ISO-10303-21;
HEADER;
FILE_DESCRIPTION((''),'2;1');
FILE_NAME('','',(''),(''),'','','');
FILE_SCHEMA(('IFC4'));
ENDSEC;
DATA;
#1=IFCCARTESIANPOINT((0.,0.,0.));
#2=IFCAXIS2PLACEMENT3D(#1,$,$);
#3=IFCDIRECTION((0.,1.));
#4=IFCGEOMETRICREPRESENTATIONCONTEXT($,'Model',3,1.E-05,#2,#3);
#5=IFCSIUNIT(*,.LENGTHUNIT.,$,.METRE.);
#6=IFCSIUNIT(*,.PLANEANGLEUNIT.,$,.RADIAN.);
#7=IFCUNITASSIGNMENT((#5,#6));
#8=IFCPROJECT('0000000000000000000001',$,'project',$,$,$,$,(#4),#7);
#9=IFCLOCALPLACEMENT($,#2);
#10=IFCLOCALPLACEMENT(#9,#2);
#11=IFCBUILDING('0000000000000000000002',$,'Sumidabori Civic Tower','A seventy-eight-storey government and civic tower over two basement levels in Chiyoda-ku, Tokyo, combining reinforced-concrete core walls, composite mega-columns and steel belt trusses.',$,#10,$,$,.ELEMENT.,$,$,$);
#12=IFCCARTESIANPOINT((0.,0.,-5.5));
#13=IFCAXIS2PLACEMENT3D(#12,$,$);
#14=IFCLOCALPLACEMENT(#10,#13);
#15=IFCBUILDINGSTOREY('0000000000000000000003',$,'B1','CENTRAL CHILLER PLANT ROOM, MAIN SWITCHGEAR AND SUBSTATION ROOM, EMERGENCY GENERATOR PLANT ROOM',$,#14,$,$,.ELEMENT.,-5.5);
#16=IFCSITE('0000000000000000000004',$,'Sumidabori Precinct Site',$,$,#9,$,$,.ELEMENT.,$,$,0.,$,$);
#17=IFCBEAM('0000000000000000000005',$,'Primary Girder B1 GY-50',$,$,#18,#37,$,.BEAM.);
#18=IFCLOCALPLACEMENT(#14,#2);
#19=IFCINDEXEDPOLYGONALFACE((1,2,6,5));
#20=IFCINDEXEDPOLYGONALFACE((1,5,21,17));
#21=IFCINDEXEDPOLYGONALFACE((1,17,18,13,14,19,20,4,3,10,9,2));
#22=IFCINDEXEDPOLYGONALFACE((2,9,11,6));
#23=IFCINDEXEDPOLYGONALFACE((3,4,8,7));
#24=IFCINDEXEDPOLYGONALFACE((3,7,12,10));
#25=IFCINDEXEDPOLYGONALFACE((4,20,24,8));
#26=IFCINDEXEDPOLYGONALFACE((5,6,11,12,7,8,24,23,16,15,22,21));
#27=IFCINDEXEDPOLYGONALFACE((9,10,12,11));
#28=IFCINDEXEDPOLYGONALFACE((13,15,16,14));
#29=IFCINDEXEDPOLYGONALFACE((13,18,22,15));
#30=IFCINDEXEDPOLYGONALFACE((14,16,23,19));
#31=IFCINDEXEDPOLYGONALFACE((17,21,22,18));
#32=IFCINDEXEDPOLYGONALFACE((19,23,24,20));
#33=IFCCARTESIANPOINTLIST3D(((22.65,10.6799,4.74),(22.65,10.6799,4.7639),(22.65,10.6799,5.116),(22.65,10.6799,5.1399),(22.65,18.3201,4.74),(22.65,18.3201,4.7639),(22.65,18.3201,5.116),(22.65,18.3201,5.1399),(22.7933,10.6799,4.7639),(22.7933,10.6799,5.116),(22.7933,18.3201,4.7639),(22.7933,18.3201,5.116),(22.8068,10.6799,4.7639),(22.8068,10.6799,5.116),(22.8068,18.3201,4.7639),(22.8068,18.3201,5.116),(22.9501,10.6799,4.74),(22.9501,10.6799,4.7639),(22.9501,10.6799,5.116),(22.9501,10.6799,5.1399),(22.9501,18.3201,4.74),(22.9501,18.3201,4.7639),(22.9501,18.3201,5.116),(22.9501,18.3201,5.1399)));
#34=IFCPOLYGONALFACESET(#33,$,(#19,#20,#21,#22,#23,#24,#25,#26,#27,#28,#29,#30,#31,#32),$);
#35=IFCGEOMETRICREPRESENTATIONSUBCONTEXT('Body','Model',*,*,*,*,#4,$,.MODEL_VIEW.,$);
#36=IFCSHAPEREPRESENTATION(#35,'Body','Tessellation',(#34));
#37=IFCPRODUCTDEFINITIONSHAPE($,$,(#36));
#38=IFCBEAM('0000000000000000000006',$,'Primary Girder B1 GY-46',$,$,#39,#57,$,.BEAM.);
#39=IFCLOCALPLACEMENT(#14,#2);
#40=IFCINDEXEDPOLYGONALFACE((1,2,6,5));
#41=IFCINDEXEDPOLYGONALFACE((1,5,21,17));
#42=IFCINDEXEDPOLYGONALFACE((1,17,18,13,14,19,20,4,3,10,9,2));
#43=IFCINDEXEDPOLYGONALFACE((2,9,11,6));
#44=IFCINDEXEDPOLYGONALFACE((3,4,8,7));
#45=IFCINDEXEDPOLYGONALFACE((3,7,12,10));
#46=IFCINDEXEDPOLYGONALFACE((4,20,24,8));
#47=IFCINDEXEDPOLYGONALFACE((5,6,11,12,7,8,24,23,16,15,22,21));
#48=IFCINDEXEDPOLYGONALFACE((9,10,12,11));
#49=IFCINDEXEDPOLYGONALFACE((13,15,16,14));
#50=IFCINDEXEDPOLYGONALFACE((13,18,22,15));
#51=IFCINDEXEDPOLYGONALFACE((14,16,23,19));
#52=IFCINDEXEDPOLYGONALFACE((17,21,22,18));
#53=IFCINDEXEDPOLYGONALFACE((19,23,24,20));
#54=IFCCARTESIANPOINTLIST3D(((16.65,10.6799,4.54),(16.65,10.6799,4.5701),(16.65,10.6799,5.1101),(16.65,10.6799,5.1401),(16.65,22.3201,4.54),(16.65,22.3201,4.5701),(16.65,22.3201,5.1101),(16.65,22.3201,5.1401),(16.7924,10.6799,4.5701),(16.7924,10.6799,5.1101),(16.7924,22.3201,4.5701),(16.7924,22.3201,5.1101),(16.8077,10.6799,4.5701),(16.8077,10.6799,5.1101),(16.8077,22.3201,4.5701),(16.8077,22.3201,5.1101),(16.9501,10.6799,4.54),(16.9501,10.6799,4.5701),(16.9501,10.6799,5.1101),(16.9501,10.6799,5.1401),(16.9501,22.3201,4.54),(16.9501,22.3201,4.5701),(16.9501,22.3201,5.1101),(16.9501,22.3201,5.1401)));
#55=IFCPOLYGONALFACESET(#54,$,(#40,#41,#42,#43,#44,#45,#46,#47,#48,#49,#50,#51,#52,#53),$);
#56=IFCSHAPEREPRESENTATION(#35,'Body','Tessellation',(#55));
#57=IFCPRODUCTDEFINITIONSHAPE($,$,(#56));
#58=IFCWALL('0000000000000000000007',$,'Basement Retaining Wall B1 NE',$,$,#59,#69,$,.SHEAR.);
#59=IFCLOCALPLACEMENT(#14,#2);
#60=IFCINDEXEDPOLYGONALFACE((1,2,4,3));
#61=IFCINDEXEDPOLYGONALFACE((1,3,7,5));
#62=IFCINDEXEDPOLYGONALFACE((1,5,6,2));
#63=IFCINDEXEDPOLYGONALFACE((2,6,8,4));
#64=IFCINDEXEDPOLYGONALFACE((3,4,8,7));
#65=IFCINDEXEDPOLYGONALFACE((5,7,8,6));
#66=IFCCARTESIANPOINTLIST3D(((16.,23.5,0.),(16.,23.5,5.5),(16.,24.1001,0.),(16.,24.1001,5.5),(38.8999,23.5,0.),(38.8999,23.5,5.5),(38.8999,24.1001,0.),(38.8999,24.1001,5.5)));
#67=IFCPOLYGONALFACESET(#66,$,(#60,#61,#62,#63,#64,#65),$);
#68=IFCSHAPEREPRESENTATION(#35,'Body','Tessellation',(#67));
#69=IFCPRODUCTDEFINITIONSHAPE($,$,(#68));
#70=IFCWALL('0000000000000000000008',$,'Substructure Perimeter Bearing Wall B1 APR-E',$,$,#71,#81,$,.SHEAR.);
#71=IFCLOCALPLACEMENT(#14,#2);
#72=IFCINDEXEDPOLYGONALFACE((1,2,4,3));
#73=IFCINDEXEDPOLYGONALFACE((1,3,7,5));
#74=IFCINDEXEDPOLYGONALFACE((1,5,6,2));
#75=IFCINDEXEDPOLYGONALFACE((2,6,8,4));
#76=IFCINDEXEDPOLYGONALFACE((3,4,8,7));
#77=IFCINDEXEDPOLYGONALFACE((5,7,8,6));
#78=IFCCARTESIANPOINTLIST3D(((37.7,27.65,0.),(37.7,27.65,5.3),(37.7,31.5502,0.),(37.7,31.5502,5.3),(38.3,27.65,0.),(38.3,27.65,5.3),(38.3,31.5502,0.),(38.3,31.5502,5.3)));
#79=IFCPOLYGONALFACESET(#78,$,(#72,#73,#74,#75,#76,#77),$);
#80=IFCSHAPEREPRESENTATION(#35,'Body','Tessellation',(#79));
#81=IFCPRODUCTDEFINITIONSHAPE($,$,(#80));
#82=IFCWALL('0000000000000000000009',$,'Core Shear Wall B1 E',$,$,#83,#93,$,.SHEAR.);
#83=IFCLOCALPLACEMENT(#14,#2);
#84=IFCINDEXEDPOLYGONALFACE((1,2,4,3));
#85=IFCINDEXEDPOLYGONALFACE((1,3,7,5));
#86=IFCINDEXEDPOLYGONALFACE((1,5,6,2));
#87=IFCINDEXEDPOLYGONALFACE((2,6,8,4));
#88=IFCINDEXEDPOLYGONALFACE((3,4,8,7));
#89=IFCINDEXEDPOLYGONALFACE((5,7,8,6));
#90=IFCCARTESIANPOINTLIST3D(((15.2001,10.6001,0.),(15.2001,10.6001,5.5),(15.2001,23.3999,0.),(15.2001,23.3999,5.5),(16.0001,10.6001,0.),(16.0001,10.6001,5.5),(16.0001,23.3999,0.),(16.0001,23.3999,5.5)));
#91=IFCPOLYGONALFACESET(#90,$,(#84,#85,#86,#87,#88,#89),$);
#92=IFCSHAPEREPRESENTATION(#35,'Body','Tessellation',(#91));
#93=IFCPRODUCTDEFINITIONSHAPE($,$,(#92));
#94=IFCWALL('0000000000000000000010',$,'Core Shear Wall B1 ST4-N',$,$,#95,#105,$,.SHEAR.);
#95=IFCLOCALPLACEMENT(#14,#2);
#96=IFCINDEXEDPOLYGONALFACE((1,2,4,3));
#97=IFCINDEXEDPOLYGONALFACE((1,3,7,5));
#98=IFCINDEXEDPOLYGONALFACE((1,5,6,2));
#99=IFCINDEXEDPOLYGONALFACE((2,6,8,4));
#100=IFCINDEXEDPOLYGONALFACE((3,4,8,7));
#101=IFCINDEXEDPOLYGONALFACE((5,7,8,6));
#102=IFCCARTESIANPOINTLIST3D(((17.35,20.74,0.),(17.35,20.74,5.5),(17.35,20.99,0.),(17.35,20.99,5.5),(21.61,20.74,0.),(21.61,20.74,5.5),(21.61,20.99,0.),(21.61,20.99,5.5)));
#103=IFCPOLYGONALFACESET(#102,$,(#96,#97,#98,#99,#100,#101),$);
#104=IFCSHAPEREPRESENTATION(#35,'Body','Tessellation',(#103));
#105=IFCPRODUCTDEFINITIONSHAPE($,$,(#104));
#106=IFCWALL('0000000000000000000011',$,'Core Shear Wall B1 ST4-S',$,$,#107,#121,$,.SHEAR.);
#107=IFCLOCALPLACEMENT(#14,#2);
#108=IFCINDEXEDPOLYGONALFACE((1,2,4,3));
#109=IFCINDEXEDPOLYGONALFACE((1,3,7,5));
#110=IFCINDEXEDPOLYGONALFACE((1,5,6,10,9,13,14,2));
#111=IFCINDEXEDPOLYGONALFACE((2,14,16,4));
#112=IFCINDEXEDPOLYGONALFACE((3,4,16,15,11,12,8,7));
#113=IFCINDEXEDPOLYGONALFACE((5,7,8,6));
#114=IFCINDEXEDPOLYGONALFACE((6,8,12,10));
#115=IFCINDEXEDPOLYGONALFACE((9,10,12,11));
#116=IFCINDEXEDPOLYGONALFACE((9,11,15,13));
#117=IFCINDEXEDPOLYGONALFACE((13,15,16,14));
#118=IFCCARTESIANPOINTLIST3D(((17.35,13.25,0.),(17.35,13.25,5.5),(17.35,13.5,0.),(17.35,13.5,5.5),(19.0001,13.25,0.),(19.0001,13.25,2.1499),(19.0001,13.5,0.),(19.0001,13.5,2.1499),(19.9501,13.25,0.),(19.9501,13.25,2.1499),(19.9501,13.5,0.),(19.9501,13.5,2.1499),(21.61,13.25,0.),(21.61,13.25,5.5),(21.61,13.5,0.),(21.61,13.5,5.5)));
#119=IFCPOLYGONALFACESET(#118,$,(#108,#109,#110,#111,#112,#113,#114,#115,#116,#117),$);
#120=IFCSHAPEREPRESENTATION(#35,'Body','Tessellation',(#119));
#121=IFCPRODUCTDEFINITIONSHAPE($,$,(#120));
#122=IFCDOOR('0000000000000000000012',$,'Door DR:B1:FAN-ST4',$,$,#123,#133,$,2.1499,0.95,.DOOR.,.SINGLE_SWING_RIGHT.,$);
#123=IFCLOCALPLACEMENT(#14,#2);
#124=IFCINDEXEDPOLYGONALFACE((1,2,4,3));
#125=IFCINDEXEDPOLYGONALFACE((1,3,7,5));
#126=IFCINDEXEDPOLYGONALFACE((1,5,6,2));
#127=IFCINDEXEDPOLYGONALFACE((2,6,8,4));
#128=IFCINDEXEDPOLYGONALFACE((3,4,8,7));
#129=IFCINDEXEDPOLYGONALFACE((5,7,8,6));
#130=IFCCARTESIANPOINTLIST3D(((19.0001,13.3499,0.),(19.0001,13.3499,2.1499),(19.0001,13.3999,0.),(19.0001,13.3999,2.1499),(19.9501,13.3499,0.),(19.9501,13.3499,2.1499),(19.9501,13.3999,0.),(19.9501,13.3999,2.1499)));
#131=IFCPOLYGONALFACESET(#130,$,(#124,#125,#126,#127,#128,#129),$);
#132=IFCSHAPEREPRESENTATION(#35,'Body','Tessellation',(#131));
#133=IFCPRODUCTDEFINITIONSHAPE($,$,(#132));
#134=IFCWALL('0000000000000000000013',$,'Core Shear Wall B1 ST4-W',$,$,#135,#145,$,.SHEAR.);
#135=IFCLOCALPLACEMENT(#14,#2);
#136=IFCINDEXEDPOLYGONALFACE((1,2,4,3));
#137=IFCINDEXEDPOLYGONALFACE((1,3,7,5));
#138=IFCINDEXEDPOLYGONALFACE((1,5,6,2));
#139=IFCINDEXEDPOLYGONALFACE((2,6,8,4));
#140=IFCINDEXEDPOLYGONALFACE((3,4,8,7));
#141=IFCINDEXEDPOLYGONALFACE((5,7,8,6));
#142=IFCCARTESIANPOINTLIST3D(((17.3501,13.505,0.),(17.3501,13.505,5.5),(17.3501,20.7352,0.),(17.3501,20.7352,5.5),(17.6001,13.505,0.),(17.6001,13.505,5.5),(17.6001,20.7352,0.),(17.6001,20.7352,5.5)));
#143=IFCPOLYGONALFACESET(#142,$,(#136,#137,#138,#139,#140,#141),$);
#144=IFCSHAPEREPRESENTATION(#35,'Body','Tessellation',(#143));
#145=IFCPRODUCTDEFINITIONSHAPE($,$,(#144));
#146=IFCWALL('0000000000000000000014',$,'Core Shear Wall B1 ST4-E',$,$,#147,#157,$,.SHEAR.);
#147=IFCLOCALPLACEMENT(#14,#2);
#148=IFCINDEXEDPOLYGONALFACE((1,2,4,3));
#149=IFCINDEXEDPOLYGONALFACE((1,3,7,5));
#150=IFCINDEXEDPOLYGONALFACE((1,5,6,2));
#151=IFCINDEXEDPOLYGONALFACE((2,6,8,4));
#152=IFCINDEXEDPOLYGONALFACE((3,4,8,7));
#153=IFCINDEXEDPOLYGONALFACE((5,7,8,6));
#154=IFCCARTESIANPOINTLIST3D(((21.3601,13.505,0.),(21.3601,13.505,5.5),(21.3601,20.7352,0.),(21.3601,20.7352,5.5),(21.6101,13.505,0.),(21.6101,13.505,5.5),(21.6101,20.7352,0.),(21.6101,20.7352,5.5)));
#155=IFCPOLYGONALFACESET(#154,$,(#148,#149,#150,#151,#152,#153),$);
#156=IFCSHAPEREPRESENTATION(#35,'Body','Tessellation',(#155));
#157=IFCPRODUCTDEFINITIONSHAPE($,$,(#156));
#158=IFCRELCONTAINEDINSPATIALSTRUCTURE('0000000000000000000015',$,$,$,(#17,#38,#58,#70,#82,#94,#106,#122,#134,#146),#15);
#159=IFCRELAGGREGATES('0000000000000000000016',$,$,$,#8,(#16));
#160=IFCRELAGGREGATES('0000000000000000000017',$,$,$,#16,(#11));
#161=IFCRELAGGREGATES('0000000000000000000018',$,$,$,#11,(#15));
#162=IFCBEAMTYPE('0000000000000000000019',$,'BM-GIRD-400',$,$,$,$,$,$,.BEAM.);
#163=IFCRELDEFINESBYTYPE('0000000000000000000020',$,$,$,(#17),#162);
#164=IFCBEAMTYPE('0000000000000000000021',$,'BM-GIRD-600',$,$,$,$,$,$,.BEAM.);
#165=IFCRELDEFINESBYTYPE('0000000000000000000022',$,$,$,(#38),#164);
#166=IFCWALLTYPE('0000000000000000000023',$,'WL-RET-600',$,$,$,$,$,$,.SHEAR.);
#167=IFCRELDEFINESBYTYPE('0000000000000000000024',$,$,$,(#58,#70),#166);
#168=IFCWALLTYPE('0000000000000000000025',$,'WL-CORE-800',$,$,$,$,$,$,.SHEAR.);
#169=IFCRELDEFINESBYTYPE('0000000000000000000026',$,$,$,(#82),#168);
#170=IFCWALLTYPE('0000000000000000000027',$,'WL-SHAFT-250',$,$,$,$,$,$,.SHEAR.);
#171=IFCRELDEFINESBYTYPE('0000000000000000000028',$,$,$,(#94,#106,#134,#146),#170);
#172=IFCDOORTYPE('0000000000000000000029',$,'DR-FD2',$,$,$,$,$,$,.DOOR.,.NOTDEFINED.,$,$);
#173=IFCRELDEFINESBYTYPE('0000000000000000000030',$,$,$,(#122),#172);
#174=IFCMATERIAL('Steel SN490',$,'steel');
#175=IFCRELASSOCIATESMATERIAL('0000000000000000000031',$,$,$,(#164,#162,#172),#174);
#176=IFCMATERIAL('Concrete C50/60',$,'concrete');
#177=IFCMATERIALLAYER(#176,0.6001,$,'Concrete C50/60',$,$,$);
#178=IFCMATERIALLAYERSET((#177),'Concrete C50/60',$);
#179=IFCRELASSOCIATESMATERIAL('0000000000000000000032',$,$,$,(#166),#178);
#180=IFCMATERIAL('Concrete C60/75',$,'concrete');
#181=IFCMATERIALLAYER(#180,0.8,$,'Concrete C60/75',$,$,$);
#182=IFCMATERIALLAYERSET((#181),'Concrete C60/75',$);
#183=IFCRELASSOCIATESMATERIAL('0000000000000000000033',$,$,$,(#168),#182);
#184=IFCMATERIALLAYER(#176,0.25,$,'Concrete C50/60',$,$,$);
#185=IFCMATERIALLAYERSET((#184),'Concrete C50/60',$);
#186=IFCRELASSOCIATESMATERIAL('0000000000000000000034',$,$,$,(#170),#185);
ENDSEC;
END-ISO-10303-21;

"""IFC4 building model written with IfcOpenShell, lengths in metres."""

from ifc_helpers import new_model, si_unit, direction, frame, frame_2d, origin, origin_2d, place, context, subcontext, project, spatial, rectangle, i_section, extrude, source, transform, mapped, material, layer, layer_set, material_profile, profile_set, type_object, element, fill, save


model = new_model("IFC4")

# Units and contexts
model_context = context("Model", 3, precision=1e-05, world=origin(), true_north=direction((0.0, 1.0)))
body_context = subcontext(model_context, "Body", "Model", "MODEL_VIEW")
ifc_project = project(units=[si_unit("LENGTHUNIT", "METRE"), si_unit("PLANEANGLEUNIT", "RADIAN")], contexts=[model_context])

# Site, building, storey
site_placement = place(None, origin())
site = spatial("IfcSite", under=ifc_project, at=site_placement, Name="Sumidabori Precinct Site", CompositionType="ELEMENT", RefElevation=0.0)
building_placement = place(site_placement, origin())
building = spatial("IfcBuilding", under=site, at=building_placement, Name="Sumidabori Civic Tower", Description="A seventy-eight-storey government and civic tower over two basement levels in Chiyoda-ku, Tokyo, combining reinforced-concrete core walls, composite mega-columns and steel belt trusses.", CompositionType="ELEMENT")
storey_placement = place(building_placement, frame((0.0, 0.0, -5.5)))
storey = spatial("IfcBuildingStorey", under=building, at=storey_placement, Name="B1", Description="CENTRAL CHILLER PLANT ROOM, MAIN SWITCHGEAR AND SUBSTATION ROOM, EMERGENCY GENERATOR PLANT ROOM", CompositionType="ELEMENT", Elevation=-5.5)

# Shared definitions
ifc_material_1 = material(Name="Concrete C60/75", Category="concrete")

# Beams
ifc_material_2 = material(Name="Steel SN490", Category="steel")
ifc_material_profile_1 = material_profile(ifc_material_2, i_section(OverallWidth=0.3, OverallDepth=0.6001, WebThickness=0.0154, FlangeThickness=0.03, at=origin_2d()), Name="HE 600 B")
ifc_profile_set_1 = profile_set([ifc_material_profile_1], Name="Steel SN490")
beam_type_1 = type_object("IfcBeamType", Name="BM-GIRD-600", PredefinedType="BEAM", material=ifc_profile_set_1)
ifc_material_profile_2 = material_profile(ifc_material_2, i_section(OverallWidth=0.3, OverallDepth=0.3999, WebThickness=0.0134, FlangeThickness=0.0239, at=origin_2d()), Name="HE 400 B")
ifc_profile_set_2 = profile_set([ifc_material_profile_2], Name="Steel SN490")
beam_type_2 = type_object("IfcBeamType", Name="BM-GIRD-400", PredefinedType="BEAM", material=ifc_profile_set_2)
shared_shape_1 = source(origin(), body_context, "Body", "SweptSolid", [
    extrude(i_section(OverallWidth=0.3, OverallDepth=0.3999, WebThickness=0.0134, FlangeThickness=0.0239, at=origin_2d()), origin(), (0.0, 0.0, 1.0), 7.6401),
])
beam_1_placement = place(storey_placement, frame((22.8, 10.6799, 4.9399), z_axis=(0.0, 1.0, 0.0), x_axis=(-1.0, 0.0, 0.0)))
element("IfcBeam", 1, at=beam_1_placement, inside=storey, type_object=beam_type_2, Name="Primary Girder B1 GY-50", PredefinedType="BEAM", context=body_context, shape_type="MappedRepresentation", body=[
    mapped(shared_shape_1, transform((0.0, 0.0, 0.0), x_axis=(1.0, 0.0, 0.0), y_axis=(0.0, 1.0, 0.0), z_axis=(0.0, 0.0, 1.0), scale=1.0)),
])
shared_shape_2 = source(origin(), body_context, "Body", "SweptSolid", [
    extrude(i_section(OverallWidth=0.3, OverallDepth=0.6001, WebThickness=0.0154, FlangeThickness=0.03, at=origin_2d()), origin(), (0.0, 0.0, 1.0), 11.6401),
])
beam_2_placement = place(storey_placement, frame((16.8, 10.6799, 4.8401), z_axis=(0.0, 1.0, 0.0), x_axis=(-1.0, 0.0, 0.0)))
element("IfcBeam", 2, at=beam_2_placement, inside=storey, type_object=beam_type_1, Name="Primary Girder B1 GY-46", PredefinedType="BEAM", context=body_context, shape_type="MappedRepresentation", body=[
    mapped(shared_shape_2, transform((0.0, 0.0, 0.0), x_axis=(1.0, 0.0, 0.0), y_axis=(0.0, 1.0, 0.0), z_axis=(0.0, 0.0, 1.0), scale=1.0)),
])

# Walls
ifc_material_3 = material(Name="Concrete C50/60", Category="concrete")
ifc_layer_1 = layer(ifc_material_3, 0.6001, Name="Concrete C50/60")
ifc_layer_set_1 = layer_set([ifc_layer_1], Name="Concrete C50/60")
wall_type_1 = type_object("IfcWallType", Name="WL-RET-600", PredefinedType="SHEAR", material=ifc_layer_set_1)
shared_shape_3 = source(origin(), body_context, "Body", "SweptSolid", [
    extrude(rectangle(XDim=22.8999, YDim=0.6001, at=frame_2d((11.45, 0.0))), origin(), (0.0, 0.0, 1.0), 5.5),
])
wall_1_placement = place(storey_placement, frame((16.0, 23.8, 0.0), z_axis=(0.0, 0.0, 1.0), x_axis=(1.0, 0.0, 0.0)))
element("IfcWall", 3, at=wall_1_placement, inside=storey, type_object=wall_type_1, Name="Basement Retaining Wall B1 NE", PredefinedType="SHEAR", context=body_context, shape_type="MappedRepresentation", body=[
    mapped(shared_shape_3, transform((0.0, 0.0, 0.0), x_axis=(1.0, 0.0, 0.0), y_axis=(0.0, 1.0, 0.0), z_axis=(0.0, 0.0, 1.0), scale=1.0)),
])
shared_shape_4 = source(origin(), body_context, "Body", "SweptSolid", [
    extrude(rectangle(XDim=3.9001, YDim=0.6001, at=frame_2d((1.9502, 0.0))), origin(), (0.0, 0.0, 1.0), 5.3),
])
wall_2_placement = place(storey_placement, frame((38.0, 27.6499, 0.0), z_axis=(0.0, 0.0, 1.0), x_axis=(0.0, 1.0, 0.0)))
element("IfcWall", 4, at=wall_2_placement, inside=storey, type_object=wall_type_1, Name="Substructure Perimeter Bearing Wall B1 APR-E", PredefinedType="SHEAR", context=body_context, shape_type="MappedRepresentation", body=[
    mapped(shared_shape_4, transform((0.0, 0.0, 0.0), x_axis=(1.0, 0.0, 0.0), y_axis=(0.0, 1.0, 0.0), z_axis=(0.0, 0.0, 1.0), scale=1.0)),
])
ifc_layer_2 = layer(ifc_material_1, 0.8, Name="Concrete C60/75")
ifc_layer_set_2 = layer_set([ifc_layer_2], Name="Concrete C60/75")
wall_type_2 = type_object("IfcWallType", Name="WL-CORE-800", PredefinedType="SHEAR", material=ifc_layer_set_2)
shared_shape_5 = source(origin(), body_context, "Body", "SweptSolid", [
    extrude(rectangle(XDim=12.7998, YDim=0.8, at=frame_2d((6.3999, 0.0))), origin(), (0.0, 0.0, 1.0), 5.5),
])
wall_3_placement = place(storey_placement, frame((15.6001, 10.6001, 0.0), z_axis=(0.0, 0.0, 1.0), x_axis=(0.0, 1.0, 0.0)))
element("IfcWall", 5, at=wall_3_placement, inside=storey, type_object=wall_type_2, Name="Core Shear Wall B1 E", PredefinedType="SHEAR", context=body_context, shape_type="MappedRepresentation", body=[
    mapped(shared_shape_5, transform((0.0, 0.0, 0.0), x_axis=(1.0, 0.0, 0.0), y_axis=(0.0, 1.0, 0.0), z_axis=(0.0, 0.0, 1.0), scale=1.0)),
])
ifc_layer_3 = layer(ifc_material_3, 0.25, Name="Concrete C50/60")
ifc_layer_set_3 = layer_set([ifc_layer_3], Name="Concrete C50/60")
wall_type_3 = type_object("IfcWallType", Name="WL-SHAFT-250", PredefinedType="SHEAR", material=ifc_layer_set_3)
shared_shape_6 = source(origin(), body_context, "Body", "SweptSolid", [
    extrude(rectangle(XDim=4.26, YDim=0.25, at=frame_2d((2.1299, 0.0))), origin(), (0.0, 0.0, 1.0), 5.5),
])
wall_4_placement = place(storey_placement, frame((17.3501, 20.865, 0.0), z_axis=(0.0, 0.0, 1.0), x_axis=(1.0, 0.0, 0.0)))
element("IfcWall", 6, at=wall_4_placement, inside=storey, type_object=wall_type_3, Name="Core Shear Wall B1 ST4-N", PredefinedType="SHEAR", context=body_context, shape_type="MappedRepresentation", body=[
    mapped(shared_shape_6, transform((0.0, 0.0, 0.0), x_axis=(1.0, 0.0, 0.0), y_axis=(0.0, 1.0, 0.0), z_axis=(0.0, 0.0, 1.0), scale=1.0)),
])

# Wall, opening, door
wall_5_placement = place(storey_placement, frame((17.3501, 13.375, 0.0), z_axis=(0.0, 0.0, 1.0), x_axis=(1.0, 0.0, 0.0)))
wall_5 = element("IfcWall", 7, at=wall_5_placement, inside=storey, type_object=wall_type_3, Name="Core Shear Wall B1 ST4-S", PredefinedType="SHEAR", context=body_context, shape_type="MappedRepresentation", body=[
    mapped(shared_shape_6, transform((0.0, 0.0, 0.0), x_axis=(1.0, 0.0, 0.0), y_axis=(0.0, 1.0, 0.0), z_axis=(0.0, 0.0, 1.0), scale=1.0)),
])
opening_placement = place(wall_5_placement, frame((1.6499, 0.0, 0.0)))
opening = element("IfcOpeningElement", 8, at=opening_placement, cuts=wall_5, PredefinedType="OPENING", context=body_context, shape_type="SweptSolid", body=[
    extrude(rectangle(XDim=0.95, YDim=2.1499, at=frame_2d((0.4751, 1.075))), frame((0.0, 0.137, 0.0), z_axis=(0.0, -1.0, 0.0), x_axis=(1.0, 0.0, 0.0)), (0.0, 0.0, 1.0), 0.2739),
])
door_type = type_object("IfcDoorType", Name="DR-FD2", OperationType="NOTDEFINED", PredefinedType="DOOR", material=ifc_material_2)
shared_shape_7 = source(origin(), body_context, "Body", "SweptSolid", [
    extrude(rectangle(XDim=0.95, YDim=2.1499, at=frame_2d((0.4751, 1.075))), frame((0.0, 0.0249, 0.0), z_axis=(0.0, -1.0, 0.0), x_axis=(1.0, 0.0, 0.0)), (0.0, 0.0, 1.0), 0.05),
])
door_placement = place(opening_placement, origin())
door = element("IfcDoor", 9, at=door_placement, inside=storey, type_object=door_type, Name="Door DR:B1:FAN-ST4", OperationType="SINGLE_SWING_RIGHT", OverallHeight=2.1499, OverallWidth=0.95, PredefinedType="DOOR", context=body_context, shape_type="MappedRepresentation", body=[
    mapped(shared_shape_7, transform((0.0, 0.0, 0.0), x_axis=(1.0, 0.0, 0.0), y_axis=(0.0, 1.0, 0.0), z_axis=(0.0, 0.0, 1.0), scale=1.0)),
])
fill(opening, door)

# Walls
shared_shape_8 = source(origin(), body_context, "Body", "SweptSolid", [
    extrude(rectangle(XDim=7.2302, YDim=0.25, at=frame_2d((3.6152, 0.0))), origin(), (0.0, 0.0, 1.0), 5.5),
])
for number, where, z_axis, x_axis, name in (
    (10, (17.4751, 13.5049, 0.0), (0.0, 0.0, 1.0), (0.0, 1.0, 0.0), "Core Shear Wall B1 ST4-W"),
    (11, (21.4851, 13.5049, 0.0), (0.0, 0.0, 1.0), (0.0, 1.0, 0.0), "Core Shear Wall B1 ST4-E"),
):
    element("IfcWall", number, at=place(storey_placement, frame(where, z_axis=z_axis, x_axis=x_axis)), inside=storey, type_object=wall_type_3, Name=name, PredefinedType="SHEAR", context=body_context, shape_type="MappedRepresentation", body=[
        mapped(shared_shape_8, transform((0.0, 0.0, 0.0), x_axis=(1.0, 0.0, 0.0), y_axis=(0.0, 1.0, 0.0), z_axis=(0.0, 0.0, 1.0), scale=1.0)),
    ])

save(model, "model.ifc")
